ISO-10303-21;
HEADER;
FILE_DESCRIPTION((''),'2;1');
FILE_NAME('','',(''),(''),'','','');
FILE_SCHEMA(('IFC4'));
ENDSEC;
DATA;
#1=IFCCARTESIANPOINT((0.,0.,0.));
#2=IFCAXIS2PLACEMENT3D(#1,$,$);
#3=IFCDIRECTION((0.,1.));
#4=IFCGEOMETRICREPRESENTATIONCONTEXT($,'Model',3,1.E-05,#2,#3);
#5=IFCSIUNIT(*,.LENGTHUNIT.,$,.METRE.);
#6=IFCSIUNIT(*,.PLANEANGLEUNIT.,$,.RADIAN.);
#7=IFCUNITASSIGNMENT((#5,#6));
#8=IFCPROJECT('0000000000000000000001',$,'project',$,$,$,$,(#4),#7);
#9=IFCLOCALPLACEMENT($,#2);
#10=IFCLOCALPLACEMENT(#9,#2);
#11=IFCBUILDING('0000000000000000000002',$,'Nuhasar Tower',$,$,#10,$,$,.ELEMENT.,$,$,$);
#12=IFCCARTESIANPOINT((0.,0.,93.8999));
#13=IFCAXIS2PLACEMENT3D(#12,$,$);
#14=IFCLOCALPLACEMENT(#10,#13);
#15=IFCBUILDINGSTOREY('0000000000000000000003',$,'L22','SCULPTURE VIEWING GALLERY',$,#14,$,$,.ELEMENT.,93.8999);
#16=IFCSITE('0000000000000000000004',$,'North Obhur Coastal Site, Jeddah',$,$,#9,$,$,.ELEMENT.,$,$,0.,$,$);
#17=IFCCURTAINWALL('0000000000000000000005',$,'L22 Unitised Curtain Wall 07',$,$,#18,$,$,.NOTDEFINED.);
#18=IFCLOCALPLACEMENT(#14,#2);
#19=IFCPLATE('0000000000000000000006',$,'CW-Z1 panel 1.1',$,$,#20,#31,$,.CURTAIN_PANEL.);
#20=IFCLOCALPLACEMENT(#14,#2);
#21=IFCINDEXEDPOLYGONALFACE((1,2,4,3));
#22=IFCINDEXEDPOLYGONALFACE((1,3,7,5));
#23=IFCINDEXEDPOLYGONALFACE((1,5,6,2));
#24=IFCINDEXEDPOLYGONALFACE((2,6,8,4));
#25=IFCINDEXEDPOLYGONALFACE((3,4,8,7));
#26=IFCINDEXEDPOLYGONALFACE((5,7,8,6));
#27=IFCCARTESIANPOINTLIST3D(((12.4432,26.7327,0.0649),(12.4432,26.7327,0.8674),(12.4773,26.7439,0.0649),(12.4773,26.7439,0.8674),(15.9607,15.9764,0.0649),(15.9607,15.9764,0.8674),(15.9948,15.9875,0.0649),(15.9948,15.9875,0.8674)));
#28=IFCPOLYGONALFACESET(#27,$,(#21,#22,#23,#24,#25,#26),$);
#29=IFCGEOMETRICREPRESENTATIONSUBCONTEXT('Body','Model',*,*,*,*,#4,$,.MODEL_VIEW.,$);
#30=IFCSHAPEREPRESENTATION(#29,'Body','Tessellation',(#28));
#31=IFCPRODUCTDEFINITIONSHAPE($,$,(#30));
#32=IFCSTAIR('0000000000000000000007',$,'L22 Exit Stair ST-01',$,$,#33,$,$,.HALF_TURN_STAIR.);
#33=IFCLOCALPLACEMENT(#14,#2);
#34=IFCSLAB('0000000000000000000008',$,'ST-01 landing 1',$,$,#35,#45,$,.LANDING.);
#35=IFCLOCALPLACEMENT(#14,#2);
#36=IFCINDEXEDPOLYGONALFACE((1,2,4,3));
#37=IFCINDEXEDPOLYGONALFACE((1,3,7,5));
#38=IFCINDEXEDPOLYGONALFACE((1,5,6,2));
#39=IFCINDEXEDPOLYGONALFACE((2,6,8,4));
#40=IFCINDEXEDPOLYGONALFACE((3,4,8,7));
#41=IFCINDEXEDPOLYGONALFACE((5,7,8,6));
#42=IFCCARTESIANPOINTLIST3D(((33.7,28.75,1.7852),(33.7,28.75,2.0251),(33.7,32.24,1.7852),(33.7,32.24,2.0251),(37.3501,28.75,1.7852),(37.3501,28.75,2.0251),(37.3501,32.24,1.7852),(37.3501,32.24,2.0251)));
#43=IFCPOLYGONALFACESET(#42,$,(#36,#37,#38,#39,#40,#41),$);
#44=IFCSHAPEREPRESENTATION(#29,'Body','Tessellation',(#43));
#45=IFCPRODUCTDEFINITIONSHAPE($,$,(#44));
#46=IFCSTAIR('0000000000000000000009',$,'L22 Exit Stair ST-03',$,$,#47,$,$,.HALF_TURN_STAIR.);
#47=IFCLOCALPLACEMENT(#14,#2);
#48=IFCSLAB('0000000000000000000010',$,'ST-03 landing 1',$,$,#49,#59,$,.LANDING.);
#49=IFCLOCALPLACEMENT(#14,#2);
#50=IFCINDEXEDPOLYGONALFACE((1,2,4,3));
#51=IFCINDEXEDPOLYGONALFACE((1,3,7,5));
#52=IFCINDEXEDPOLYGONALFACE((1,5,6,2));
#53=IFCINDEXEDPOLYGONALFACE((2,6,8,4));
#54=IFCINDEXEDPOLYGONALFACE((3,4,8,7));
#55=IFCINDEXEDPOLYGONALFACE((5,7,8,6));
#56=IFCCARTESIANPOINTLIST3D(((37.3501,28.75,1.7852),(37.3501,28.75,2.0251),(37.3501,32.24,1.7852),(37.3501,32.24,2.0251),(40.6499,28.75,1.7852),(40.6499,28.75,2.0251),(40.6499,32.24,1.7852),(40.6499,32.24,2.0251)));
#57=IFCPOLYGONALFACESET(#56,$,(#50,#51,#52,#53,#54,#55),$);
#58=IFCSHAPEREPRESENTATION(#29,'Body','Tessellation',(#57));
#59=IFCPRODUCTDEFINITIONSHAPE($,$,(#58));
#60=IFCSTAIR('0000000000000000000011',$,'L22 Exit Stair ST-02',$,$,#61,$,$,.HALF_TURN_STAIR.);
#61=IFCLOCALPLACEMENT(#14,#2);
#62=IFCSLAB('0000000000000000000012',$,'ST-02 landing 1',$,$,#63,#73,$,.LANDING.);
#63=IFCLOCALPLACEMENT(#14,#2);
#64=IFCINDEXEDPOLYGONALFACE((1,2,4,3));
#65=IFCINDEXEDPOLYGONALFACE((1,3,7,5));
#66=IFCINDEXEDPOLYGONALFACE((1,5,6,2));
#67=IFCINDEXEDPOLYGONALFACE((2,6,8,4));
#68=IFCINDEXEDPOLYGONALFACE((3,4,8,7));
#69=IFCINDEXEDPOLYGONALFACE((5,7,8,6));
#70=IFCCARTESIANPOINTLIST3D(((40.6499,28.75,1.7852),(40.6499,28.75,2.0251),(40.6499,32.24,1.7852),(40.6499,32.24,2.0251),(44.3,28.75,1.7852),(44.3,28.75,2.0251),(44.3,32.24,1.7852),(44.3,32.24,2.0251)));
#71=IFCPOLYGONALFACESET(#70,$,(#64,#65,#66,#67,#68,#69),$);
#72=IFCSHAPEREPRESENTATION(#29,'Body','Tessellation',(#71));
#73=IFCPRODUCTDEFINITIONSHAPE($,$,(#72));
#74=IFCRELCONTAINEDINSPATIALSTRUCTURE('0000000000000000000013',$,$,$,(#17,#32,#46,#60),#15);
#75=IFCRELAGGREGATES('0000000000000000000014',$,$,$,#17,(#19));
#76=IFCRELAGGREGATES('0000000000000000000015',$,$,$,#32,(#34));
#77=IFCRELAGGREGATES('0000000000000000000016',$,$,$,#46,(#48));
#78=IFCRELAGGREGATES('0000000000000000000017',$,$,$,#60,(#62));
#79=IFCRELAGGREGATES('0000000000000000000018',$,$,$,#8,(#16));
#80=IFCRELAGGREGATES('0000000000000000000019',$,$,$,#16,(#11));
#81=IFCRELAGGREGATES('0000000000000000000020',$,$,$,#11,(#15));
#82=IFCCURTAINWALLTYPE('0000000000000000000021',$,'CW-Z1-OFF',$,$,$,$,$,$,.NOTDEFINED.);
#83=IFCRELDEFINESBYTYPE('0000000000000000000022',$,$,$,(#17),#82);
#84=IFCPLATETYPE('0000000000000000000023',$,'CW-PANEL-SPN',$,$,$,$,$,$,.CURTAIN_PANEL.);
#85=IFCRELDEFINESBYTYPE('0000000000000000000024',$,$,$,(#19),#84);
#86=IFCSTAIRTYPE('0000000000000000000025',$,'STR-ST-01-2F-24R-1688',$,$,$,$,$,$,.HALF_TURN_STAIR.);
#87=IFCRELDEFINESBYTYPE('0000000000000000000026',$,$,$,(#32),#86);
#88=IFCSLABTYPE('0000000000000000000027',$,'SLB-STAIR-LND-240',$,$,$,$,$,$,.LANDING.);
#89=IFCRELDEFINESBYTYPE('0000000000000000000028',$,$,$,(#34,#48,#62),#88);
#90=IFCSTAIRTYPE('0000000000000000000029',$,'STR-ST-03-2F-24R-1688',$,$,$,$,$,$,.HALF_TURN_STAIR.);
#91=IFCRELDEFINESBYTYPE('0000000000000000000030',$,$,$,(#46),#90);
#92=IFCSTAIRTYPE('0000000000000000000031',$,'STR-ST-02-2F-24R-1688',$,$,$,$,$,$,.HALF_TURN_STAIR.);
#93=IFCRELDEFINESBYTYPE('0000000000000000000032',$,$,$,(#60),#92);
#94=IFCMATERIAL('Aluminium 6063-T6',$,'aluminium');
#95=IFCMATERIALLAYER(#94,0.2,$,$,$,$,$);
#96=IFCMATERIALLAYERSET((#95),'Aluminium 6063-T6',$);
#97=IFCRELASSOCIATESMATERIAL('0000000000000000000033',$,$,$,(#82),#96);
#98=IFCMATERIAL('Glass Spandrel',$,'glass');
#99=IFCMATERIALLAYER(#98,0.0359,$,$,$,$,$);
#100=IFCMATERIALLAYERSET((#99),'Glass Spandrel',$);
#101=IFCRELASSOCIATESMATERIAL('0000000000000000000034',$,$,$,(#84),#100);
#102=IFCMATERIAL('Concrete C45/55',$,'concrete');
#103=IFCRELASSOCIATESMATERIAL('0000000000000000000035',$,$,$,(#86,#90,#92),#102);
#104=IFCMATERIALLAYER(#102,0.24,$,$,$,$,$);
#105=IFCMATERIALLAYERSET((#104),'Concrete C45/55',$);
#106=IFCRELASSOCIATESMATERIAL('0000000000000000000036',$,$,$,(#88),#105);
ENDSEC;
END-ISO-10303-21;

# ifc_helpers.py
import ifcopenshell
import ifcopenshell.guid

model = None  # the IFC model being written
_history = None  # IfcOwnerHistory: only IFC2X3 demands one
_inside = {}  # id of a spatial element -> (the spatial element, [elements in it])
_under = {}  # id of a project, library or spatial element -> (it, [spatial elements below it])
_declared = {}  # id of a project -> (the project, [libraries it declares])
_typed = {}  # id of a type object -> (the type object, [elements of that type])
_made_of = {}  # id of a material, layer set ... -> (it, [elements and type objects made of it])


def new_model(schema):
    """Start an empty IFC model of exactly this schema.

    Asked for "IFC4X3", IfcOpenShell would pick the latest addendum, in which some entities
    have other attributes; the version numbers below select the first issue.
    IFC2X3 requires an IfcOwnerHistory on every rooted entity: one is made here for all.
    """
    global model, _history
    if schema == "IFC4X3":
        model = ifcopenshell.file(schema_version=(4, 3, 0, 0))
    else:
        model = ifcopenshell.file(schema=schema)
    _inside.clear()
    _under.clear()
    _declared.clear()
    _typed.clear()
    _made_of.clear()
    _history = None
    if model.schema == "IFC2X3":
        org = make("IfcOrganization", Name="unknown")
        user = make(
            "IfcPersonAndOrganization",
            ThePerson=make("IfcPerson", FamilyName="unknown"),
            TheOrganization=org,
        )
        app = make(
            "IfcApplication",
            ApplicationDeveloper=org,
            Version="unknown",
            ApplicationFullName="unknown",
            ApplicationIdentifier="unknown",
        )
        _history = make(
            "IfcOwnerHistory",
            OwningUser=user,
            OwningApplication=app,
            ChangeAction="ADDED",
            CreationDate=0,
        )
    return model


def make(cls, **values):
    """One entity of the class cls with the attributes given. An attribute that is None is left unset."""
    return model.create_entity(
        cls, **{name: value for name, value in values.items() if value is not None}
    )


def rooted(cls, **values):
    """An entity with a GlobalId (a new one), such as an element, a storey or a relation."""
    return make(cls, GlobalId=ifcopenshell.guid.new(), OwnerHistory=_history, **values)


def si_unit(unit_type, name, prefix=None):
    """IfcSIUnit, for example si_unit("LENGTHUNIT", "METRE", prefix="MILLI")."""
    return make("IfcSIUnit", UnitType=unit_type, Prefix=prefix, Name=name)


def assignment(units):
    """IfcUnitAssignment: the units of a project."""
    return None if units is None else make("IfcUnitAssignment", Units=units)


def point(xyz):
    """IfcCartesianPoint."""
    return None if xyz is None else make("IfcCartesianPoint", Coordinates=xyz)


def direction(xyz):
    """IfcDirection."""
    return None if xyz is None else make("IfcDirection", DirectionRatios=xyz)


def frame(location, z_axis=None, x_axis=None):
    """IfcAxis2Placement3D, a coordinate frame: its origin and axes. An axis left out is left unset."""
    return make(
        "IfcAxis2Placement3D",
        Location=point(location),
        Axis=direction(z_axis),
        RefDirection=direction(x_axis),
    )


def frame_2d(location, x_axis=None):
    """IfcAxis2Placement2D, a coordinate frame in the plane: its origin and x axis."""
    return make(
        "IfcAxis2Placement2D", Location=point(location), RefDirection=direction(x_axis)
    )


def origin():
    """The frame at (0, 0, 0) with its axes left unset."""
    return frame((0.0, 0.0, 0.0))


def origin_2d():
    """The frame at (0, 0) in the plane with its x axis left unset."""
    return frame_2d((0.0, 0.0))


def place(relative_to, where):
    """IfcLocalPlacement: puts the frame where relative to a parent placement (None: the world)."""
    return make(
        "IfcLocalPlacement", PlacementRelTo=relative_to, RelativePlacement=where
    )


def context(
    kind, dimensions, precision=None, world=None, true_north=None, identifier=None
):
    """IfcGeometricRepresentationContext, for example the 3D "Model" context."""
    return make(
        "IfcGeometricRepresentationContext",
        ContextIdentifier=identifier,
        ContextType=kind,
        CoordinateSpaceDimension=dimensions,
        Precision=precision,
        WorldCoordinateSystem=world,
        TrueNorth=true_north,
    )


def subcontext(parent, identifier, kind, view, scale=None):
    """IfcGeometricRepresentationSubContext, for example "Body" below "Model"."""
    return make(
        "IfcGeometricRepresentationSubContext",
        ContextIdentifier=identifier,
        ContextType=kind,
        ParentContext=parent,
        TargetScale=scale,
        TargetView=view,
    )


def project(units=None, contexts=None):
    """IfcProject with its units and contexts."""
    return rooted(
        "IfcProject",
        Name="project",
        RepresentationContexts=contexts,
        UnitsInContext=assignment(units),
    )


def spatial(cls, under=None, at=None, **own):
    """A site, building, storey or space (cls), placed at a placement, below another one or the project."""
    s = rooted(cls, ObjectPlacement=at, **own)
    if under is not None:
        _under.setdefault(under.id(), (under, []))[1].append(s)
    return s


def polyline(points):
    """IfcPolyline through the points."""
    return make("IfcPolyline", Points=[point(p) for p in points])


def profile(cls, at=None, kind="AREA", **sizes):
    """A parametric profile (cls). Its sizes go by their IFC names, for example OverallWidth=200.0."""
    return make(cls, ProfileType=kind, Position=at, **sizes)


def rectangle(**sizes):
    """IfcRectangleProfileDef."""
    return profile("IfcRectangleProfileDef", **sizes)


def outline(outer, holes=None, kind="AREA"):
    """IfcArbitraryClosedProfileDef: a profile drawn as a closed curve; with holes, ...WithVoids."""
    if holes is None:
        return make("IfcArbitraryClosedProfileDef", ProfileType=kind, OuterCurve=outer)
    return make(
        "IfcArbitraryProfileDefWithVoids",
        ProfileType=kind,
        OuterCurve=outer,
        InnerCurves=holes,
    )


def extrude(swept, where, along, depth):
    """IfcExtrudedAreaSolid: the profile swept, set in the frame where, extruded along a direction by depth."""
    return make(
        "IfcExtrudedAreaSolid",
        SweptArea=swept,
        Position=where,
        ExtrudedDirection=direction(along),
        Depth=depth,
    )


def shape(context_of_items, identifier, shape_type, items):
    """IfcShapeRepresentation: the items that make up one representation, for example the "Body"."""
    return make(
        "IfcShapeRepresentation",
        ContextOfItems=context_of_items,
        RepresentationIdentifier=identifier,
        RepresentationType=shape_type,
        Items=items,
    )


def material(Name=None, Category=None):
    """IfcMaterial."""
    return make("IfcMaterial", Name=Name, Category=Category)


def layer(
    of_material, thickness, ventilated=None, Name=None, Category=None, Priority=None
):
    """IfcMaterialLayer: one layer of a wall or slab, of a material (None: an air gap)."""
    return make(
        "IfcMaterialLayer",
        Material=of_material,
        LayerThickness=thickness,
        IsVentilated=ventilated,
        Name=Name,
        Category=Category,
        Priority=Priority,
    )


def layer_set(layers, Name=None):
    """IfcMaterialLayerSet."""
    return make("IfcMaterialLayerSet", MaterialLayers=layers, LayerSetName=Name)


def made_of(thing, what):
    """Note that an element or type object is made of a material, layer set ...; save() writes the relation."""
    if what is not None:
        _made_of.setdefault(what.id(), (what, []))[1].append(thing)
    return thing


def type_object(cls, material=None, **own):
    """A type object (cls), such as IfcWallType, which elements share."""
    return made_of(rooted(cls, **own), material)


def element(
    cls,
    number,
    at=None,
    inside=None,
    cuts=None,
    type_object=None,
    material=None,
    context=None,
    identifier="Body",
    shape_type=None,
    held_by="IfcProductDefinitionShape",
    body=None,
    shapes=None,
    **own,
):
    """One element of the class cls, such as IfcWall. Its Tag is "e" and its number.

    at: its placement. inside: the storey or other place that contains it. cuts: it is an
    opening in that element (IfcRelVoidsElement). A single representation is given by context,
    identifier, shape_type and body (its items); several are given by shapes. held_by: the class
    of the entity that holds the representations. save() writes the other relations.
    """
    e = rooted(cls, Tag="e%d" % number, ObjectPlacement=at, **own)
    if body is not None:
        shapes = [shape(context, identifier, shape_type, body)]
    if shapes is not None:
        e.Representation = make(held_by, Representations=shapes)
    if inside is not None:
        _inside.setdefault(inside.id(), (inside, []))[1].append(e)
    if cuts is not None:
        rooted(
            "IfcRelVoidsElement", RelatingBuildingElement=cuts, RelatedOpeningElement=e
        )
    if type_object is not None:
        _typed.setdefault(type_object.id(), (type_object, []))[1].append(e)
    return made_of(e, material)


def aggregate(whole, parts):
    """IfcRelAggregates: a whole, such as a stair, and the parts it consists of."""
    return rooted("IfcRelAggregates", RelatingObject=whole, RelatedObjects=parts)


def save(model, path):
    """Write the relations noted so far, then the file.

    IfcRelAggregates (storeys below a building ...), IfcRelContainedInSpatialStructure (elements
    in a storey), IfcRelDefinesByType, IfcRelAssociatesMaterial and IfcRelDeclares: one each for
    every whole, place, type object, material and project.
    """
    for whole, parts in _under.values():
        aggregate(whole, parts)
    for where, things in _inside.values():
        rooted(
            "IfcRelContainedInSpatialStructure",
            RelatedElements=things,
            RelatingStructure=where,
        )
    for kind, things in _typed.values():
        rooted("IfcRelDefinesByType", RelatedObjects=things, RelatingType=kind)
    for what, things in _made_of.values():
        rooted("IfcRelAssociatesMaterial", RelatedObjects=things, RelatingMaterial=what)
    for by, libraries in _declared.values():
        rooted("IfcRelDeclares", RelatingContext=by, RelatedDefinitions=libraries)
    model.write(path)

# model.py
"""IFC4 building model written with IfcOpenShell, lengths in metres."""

from ifc_helpers import new_model, si_unit, direction, frame, origin, origin_2d, place, context, subcontext, project, spatial, polyline, rectangle, outline, extrude, material, layer, layer_set, type_object, element, aggregate, save


model = new_model("IFC4")

# Units and contexts
model_context = context("Model", 3, precision=1e-05, world=origin(), true_north=direction((0.0, 1.0)))
body_context = subcontext(model_context, "Body", "Model", "MODEL_VIEW")
ifc_project = project(units=[si_unit("LENGTHUNIT", "METRE"), si_unit("PLANEANGLEUNIT", "RADIAN")], contexts=[model_context])

# Site, building, storey
site_placement = place(None, origin())
site = spatial("IfcSite", under=ifc_project, at=site_placement, Name="North Obhur Coastal Site, Jeddah", CompositionType="ELEMENT", RefElevation=0.0)
building_placement = place(site_placement, origin())
building = spatial("IfcBuilding", under=site, at=building_placement, Name="Nuhasar Tower", CompositionType="ELEMENT")
storey_placement = place(building_placement, frame((0.0, 0.0, 93.8999)))
storey = spatial("IfcBuildingStorey", under=building, at=storey_placement, Name="L22", Description="SCULPTURE VIEWING GALLERY", CompositionType="ELEMENT", Elevation=93.8999)

# Curtain wall
ifc_material_1 = material(Name="Aluminium 6063-T6", Category="aluminium")
ifc_layer_1 = layer(ifc_material_1, 0.2)
ifc_layer_set_1 = layer_set([ifc_layer_1], Name="Aluminium 6063-T6")
curtain_wall_type = type_object("IfcCurtainWallType", Name="CW-Z1-OFF", PredefinedType="NOTDEFINED", material=ifc_layer_set_1)
curtain_wall_1_placement = place(storey_placement, origin())
curtain_wall_1 = element("IfcCurtainWall", 1, at=curtain_wall_1_placement, inside=storey, type_object=curtain_wall_type, Name="L22 Unitised Curtain Wall 07", PredefinedType="NOTDEFINED")

# Plate
ifc_material_2 = material(Name="Glass Spandrel", Category="glass")
ifc_layer_2 = layer(ifc_material_2, 0.0359)
ifc_layer_set_2 = layer_set([ifc_layer_2], Name="Glass Spandrel")
plate_type_1 = type_object("IfcPlateType", Name="CW-PANEL-SPN", PredefinedType="CURTAIN_PANEL", material=ifc_layer_set_2)
plate_1_placement = place(storey_placement, frame((14.219, 21.3601, 0.0649), z_axis=(0.0, 0.0, 1.0), x_axis=(0.310824, -0.950468, 0.0)))
plate_1 = element("IfcPlate", 2, at=plate_1_placement, type_object=plate_type_1, Name="CW-Z1 panel 1.1", PredefinedType="CURTAIN_PANEL", context=body_context, shape_type="SweptSolid", body=[
    extrude(rectangle(XDim=11.3169, YDim=0.0359, at=origin_2d()), origin(), (0.0, 0.0, 1.0), 0.8025),
])
aggregate(curtain_wall_1, [plate_1])

# Stairs, slabs
ifc_material_3 = material(Name="Concrete C45/55", Category="concrete")
stair_type_1 = type_object("IfcStairType", Name="STR-ST-01-2F-24R-1688", PredefinedType="HALF_TURN_STAIR", material=ifc_material_3)
stair_1_placement = place(storey_placement, origin())
stair_1 = element("IfcStair", 3, at=stair_1_placement, inside=storey, type_object=stair_type_1, Name="L22 Exit Stair ST-01", PredefinedType="HALF_TURN_STAIR")
ifc_layer_3 = layer(ifc_material_3, 0.24)
ifc_layer_set_3 = layer_set([ifc_layer_3], Name="Concrete C45/55")
slab_type_1 = type_object("IfcSlabType", Name="SLB-STAIR-LND-240", PredefinedType="LANDING", material=ifc_layer_set_3)
slab_1_placement = place(storey_placement, frame((0.0, 0.0, 1.7852)))
slab_1 = element("IfcSlab", 4, at=slab_1_placement, type_object=slab_type_1, Name="ST-01 landing 1", PredefinedType="LANDING", context=body_context, shape_type="SweptSolid", body=[
    extrude(outline(polyline([(33.7, 28.75), (37.3501, 28.75), (37.3501, 32.24), (33.7, 32.24), (33.7, 28.75)])), origin(), (0.0, 0.0, 1.0), 0.24),
])
aggregate(stair_1, [slab_1])
stair_type_2 = type_object("IfcStairType", Name="STR-ST-03-2F-24R-1688", PredefinedType="HALF_TURN_STAIR", material=ifc_material_3)
stair_2_placement = place(storey_placement, origin())
stair_2 = element("IfcStair", 5, at=stair_2_placement, inside=storey, type_object=stair_type_2, Name="L22 Exit Stair ST-03", PredefinedType="HALF_TURN_STAIR")
slab_2_placement = place(storey_placement, frame((0.0, 0.0, 1.7852)))
slab_2 = element("IfcSlab", 6, at=slab_2_placement, type_object=slab_type_1, Name="ST-03 landing 1", PredefinedType="LANDING", context=body_context, shape_type="SweptSolid", body=[
    extrude(outline(polyline([(37.3501, 28.75), (40.6499, 28.75), (40.6499, 32.24), (37.3501, 32.24), (37.3501, 28.75)])), origin(), (0.0, 0.0, 1.0), 0.24),
])
aggregate(stair_2, [slab_2])
stair_type_3 = type_object("IfcStairType", Name="STR-ST-02-2F-24R-1688", PredefinedType="HALF_TURN_STAIR", material=ifc_material_3)
stair_3_placement = place(storey_placement, origin())
stair_3 = element("IfcStair", 7, at=stair_3_placement, inside=storey, type_object=stair_type_3, Name="L22 Exit Stair ST-02", PredefinedType="HALF_TURN_STAIR")
slab_3_placement = place(storey_placement, frame((0.0, 0.0, 1.7852)))
slab_3 = element("IfcSlab", 8, at=slab_3_placement, type_object=slab_type_1, Name="ST-02 landing 1", PredefinedType="LANDING", context=body_context, shape_type="SweptSolid", body=[
    extrude(outline(polyline([(40.6499, 28.75), (44.3, 28.75), (44.3, 32.24), (40.6499, 32.24), (40.6499, 28.75)])), origin(), (0.0, 0.0, 1.0), 0.24),
])
aggregate(stair_3, [slab_3])

save(model, "model.ifc")
